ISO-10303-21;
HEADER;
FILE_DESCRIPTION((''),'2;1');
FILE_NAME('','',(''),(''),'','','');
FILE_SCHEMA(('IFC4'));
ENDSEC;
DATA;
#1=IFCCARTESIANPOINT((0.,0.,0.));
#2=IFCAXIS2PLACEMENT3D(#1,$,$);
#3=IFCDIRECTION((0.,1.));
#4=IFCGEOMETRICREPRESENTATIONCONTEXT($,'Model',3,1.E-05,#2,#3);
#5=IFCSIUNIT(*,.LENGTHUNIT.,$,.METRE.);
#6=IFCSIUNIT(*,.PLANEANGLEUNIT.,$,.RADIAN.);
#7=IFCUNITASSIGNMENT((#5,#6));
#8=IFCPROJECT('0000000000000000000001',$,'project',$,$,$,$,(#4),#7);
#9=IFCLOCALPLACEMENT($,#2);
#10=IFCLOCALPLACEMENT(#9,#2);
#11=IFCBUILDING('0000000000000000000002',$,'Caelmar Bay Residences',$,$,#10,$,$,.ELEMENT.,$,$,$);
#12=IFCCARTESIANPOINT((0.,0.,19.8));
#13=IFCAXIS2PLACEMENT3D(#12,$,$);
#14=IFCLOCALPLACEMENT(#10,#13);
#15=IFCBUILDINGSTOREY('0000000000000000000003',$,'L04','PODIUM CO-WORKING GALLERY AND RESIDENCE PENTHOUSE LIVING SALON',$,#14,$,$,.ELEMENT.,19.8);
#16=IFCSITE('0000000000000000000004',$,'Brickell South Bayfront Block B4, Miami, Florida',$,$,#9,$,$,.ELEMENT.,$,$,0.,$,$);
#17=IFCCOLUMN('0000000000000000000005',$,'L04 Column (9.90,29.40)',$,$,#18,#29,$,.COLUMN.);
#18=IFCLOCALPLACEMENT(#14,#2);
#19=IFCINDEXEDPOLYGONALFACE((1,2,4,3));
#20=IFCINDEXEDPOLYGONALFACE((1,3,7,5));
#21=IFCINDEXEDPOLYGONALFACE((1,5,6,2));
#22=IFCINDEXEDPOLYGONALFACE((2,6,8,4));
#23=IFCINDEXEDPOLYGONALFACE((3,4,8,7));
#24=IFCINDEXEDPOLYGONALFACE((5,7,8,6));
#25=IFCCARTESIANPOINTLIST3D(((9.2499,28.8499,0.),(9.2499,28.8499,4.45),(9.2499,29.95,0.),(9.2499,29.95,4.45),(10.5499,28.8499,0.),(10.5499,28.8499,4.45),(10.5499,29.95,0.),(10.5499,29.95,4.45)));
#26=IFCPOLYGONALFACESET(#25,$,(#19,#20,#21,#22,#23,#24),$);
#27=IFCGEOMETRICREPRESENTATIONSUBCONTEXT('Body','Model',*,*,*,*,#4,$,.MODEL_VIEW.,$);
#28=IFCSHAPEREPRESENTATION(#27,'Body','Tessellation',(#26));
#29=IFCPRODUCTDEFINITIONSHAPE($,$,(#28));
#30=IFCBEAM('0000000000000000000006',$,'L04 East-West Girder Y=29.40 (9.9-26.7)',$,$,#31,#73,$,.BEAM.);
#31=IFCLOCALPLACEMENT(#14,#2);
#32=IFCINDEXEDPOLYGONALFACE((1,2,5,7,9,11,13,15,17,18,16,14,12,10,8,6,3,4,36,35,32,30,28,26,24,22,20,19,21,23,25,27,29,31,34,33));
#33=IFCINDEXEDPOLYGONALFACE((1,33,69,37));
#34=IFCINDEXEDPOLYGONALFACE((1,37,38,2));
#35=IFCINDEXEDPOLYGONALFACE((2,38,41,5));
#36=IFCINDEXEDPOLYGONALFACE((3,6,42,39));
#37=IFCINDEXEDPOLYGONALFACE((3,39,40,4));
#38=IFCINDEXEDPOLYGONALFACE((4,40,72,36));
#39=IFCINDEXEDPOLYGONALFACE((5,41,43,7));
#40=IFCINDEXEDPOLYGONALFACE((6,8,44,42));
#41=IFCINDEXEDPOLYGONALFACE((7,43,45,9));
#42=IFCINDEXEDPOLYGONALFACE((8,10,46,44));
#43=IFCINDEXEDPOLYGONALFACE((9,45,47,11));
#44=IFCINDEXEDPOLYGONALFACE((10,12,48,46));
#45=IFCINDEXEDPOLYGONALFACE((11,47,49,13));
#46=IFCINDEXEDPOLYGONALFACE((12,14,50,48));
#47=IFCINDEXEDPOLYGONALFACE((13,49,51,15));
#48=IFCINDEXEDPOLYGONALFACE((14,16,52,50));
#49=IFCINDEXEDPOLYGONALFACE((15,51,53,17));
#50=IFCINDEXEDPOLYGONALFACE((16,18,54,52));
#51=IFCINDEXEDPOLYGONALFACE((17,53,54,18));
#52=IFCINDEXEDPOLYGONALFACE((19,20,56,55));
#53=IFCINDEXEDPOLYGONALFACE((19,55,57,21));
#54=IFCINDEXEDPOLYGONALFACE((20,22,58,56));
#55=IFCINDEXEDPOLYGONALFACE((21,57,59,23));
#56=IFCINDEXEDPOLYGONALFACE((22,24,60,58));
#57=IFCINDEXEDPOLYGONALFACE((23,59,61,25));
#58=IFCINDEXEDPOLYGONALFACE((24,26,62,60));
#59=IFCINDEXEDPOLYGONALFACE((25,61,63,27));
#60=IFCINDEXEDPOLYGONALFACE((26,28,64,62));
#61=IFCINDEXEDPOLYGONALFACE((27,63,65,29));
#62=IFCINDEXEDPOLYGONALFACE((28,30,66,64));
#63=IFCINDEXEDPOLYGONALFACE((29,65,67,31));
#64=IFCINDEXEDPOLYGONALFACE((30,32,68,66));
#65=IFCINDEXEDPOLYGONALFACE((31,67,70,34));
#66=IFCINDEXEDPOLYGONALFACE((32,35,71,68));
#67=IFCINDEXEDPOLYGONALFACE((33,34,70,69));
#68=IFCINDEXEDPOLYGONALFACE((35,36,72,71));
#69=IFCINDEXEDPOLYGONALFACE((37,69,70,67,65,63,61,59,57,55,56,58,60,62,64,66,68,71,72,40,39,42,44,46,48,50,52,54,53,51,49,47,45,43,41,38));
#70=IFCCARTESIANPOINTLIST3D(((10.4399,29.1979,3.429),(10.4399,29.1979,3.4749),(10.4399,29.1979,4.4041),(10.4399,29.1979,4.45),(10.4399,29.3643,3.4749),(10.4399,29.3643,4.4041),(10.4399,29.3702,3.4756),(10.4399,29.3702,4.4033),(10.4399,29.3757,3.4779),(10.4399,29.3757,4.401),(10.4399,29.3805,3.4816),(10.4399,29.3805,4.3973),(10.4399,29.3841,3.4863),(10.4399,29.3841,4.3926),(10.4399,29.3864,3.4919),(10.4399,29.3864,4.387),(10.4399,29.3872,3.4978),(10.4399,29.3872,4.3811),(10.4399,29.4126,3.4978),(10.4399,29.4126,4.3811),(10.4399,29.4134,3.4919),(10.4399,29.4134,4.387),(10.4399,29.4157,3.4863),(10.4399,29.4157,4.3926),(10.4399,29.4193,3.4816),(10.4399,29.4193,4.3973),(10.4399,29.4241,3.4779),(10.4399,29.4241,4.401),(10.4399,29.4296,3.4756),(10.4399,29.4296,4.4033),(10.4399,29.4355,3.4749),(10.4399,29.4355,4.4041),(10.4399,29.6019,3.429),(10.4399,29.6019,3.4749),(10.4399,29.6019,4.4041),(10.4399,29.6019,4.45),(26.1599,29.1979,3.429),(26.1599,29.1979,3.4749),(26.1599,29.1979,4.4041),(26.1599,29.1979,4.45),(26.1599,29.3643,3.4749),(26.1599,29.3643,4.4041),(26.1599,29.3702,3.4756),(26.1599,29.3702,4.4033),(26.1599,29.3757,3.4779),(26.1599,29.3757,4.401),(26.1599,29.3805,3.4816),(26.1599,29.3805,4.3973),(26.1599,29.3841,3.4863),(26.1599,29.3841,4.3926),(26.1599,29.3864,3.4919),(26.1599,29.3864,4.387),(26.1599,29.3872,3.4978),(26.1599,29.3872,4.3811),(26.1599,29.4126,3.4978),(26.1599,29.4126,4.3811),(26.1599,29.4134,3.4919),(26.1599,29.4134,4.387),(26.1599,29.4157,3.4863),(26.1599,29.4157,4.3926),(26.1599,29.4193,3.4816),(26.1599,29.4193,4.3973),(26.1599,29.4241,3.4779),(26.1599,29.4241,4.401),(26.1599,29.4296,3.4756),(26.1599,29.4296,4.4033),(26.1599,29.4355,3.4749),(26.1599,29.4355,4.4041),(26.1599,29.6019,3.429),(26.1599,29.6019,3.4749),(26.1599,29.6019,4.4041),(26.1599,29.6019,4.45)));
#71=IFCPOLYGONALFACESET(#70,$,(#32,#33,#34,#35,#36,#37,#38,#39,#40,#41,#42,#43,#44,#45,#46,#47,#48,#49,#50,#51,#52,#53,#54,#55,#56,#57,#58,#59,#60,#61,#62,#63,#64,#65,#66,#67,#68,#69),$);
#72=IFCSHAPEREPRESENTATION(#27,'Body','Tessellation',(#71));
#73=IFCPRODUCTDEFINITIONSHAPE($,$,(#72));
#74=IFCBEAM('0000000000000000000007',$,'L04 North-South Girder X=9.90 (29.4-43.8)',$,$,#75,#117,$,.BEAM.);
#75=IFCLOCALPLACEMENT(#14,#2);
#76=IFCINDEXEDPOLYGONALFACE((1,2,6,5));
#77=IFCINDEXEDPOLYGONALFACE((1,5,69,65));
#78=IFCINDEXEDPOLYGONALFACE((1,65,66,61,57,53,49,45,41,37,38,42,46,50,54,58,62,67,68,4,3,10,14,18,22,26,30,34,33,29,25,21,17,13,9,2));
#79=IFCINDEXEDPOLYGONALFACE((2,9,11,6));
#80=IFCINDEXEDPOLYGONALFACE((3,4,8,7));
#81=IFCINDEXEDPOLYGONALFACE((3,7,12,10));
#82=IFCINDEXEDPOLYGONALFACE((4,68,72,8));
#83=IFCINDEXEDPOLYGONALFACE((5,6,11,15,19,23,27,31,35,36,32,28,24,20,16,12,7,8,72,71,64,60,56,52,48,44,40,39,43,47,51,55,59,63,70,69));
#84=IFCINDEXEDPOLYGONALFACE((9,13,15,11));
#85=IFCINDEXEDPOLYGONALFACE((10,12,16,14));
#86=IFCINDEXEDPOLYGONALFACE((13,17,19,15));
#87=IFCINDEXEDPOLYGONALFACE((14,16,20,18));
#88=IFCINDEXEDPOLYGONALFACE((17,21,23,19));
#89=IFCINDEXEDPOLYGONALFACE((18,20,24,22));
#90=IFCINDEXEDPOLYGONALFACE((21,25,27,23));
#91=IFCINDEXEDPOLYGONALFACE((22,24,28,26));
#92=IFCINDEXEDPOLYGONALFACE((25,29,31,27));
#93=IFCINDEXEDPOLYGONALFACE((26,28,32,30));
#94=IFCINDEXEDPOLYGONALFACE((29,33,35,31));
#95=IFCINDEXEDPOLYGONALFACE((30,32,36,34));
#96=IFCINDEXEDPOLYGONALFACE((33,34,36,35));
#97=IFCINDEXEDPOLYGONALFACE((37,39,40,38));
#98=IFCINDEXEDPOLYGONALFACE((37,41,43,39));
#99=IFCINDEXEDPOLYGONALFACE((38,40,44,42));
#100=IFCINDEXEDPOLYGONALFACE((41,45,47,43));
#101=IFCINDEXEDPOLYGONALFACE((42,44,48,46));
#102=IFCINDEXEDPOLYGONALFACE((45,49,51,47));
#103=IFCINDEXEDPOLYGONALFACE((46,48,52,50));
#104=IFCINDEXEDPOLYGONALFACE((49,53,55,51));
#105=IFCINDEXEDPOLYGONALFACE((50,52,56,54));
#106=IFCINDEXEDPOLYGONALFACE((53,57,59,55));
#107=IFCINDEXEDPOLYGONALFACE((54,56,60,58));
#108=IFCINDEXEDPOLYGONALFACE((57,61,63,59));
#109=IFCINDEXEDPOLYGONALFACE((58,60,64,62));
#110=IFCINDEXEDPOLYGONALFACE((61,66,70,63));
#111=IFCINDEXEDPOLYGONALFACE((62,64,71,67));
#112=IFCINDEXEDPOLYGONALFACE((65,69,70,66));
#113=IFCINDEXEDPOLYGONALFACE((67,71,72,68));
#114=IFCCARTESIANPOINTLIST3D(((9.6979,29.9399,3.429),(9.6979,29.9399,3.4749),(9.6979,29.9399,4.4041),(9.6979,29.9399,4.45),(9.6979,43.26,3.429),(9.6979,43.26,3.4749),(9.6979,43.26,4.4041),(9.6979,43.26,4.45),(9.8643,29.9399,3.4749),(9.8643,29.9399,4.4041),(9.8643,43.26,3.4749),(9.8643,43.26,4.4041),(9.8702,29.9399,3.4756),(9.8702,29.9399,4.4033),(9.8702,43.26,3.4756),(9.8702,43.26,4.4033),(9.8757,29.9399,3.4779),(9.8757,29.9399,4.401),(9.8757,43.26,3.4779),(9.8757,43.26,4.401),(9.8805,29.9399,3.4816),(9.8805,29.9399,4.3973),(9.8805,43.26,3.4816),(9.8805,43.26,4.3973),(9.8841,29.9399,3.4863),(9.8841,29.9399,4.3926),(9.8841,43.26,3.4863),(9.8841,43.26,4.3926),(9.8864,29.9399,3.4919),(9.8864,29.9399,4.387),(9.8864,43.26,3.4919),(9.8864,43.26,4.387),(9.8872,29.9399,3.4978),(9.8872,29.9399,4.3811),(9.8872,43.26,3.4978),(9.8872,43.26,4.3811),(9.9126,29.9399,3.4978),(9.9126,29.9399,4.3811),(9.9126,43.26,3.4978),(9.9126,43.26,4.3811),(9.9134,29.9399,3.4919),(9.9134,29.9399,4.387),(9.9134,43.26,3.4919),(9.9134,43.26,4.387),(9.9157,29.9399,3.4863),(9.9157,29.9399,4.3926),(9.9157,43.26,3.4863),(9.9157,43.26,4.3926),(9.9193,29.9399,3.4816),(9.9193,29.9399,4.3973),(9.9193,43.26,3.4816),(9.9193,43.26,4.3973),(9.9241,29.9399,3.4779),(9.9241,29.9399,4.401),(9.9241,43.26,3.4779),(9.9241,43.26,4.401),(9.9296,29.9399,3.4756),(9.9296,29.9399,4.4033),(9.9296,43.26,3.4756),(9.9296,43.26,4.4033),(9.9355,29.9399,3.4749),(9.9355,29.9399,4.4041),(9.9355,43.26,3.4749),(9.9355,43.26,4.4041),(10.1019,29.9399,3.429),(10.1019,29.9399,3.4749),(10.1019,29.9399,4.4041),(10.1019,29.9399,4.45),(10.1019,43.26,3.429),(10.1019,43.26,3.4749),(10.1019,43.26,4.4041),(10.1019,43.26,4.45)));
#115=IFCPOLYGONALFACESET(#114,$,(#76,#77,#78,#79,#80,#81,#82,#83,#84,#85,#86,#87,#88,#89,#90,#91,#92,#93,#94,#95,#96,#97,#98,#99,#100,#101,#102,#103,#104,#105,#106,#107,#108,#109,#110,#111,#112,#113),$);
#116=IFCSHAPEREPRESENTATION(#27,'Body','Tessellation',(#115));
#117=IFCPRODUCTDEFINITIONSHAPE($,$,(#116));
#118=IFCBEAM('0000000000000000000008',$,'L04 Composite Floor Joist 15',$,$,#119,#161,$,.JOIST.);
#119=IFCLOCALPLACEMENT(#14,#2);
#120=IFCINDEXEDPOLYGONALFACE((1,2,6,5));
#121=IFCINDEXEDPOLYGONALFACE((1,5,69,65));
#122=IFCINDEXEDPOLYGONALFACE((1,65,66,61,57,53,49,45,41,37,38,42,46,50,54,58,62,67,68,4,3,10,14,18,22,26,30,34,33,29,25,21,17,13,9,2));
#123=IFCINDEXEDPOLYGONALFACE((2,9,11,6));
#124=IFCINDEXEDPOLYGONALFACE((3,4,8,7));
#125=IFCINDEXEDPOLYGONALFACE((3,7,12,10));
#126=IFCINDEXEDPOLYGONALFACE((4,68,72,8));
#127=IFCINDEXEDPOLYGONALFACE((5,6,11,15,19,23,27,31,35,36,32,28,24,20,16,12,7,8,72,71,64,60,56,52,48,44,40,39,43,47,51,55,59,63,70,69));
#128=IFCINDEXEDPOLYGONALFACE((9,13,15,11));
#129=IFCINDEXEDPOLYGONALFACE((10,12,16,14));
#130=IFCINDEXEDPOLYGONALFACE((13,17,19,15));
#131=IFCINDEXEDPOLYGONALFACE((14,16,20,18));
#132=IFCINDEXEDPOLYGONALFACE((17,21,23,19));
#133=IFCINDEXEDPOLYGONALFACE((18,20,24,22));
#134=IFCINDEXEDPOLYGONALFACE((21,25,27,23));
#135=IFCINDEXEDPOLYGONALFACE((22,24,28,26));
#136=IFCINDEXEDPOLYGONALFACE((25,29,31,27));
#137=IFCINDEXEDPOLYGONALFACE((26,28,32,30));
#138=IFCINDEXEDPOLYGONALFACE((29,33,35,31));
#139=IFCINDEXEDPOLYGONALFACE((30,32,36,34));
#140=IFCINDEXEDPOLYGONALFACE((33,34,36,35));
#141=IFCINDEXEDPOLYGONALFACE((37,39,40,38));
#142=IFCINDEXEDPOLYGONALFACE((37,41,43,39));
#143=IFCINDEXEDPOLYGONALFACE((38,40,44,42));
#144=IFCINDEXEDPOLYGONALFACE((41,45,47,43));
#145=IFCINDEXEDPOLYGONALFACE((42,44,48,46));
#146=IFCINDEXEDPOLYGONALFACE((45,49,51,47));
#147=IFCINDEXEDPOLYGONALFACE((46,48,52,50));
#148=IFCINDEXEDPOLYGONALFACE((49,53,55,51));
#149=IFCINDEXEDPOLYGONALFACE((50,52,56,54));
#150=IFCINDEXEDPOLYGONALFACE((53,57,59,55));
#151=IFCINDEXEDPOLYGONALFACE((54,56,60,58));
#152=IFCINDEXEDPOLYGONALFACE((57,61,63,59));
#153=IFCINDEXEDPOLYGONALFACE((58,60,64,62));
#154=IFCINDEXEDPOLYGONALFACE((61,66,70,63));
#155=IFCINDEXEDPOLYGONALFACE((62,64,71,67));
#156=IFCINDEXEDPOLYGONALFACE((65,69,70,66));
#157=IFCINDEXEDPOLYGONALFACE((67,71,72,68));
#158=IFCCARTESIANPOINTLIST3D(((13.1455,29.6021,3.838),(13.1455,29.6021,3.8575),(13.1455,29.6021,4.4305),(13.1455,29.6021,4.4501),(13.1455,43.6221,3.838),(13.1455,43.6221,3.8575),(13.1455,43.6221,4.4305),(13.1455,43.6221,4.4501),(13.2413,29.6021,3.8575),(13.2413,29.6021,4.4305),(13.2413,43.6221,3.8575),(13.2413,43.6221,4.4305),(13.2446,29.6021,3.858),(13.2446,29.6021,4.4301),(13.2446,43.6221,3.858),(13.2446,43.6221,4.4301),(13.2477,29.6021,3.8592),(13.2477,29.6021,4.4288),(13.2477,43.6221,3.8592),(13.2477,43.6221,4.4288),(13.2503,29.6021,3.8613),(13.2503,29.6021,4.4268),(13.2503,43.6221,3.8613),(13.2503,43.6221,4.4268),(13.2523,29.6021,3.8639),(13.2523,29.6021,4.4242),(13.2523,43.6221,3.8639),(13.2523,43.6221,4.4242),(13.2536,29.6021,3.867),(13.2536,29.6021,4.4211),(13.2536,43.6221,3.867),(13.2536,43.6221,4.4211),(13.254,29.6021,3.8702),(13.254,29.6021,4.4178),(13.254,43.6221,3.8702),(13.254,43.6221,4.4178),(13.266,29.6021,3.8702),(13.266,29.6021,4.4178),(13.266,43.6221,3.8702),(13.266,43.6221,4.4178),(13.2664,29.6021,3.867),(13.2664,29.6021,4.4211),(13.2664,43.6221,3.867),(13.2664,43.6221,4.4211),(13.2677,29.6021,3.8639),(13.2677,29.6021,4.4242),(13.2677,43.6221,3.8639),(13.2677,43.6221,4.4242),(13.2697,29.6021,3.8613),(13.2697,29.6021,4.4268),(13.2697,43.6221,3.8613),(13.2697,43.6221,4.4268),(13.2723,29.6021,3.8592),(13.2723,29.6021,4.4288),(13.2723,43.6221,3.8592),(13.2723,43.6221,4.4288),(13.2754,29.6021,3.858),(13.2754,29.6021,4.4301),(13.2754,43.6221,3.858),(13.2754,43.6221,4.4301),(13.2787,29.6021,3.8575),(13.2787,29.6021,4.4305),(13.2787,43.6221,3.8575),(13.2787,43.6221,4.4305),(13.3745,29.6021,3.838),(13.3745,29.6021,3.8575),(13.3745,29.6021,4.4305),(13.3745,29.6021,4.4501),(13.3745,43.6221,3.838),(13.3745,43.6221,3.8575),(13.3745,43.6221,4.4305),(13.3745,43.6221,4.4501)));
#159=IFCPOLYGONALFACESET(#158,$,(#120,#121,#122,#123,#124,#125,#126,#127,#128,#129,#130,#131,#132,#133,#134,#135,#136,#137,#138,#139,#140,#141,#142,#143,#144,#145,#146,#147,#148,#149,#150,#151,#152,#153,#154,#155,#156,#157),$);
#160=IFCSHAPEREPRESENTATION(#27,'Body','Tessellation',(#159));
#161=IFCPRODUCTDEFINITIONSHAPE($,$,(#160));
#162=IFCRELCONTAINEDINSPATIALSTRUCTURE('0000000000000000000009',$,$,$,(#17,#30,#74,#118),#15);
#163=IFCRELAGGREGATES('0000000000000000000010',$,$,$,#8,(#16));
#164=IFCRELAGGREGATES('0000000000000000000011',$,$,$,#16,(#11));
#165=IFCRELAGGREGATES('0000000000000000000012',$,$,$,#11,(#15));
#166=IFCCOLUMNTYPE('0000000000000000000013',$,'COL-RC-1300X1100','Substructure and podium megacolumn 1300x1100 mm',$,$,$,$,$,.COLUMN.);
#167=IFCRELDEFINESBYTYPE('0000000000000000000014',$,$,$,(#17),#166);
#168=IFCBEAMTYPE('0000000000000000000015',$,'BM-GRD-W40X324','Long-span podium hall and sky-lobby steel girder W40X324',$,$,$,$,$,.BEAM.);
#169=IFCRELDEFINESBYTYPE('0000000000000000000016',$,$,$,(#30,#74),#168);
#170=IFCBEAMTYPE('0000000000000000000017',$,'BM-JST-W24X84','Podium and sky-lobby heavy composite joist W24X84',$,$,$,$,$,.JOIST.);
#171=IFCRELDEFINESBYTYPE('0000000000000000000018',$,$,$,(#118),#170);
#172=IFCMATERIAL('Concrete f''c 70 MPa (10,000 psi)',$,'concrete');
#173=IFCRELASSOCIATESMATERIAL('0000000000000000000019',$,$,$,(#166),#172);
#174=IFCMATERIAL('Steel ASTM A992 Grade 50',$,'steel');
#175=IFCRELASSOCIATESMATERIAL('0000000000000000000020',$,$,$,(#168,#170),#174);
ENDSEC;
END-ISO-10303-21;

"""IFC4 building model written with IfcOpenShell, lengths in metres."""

from ifc_helpers import new_model, si_unit, direction, frame, origin, origin_2d, place, context, subcontext, project, spatial, rectangle, i_section, extrude, material, material_profile, profile_set, type_object, element, save


model = new_model("IFC4")

# Units and contexts
model_context = context("Model", 3, precision=1e-05, world=origin(), true_north=direction((0.0, 1.0)))
body_context = subcontext(model_context, "Body", "Model", "MODEL_VIEW")
ifc_project = project(units=[si_unit("LENGTHUNIT", "METRE"), si_unit("PLANEANGLEUNIT", "RADIAN")], contexts=[model_context])

# Site, building, storey
site_placement = place(None, origin())
site = spatial("IfcSite", under=ifc_project, at=site_placement, Name="Brickell South Bayfront Block B4, Miami, Florida", CompositionType="ELEMENT", RefElevation=0.0)
building_placement = place(site_placement, origin())
building = spatial("IfcBuilding", under=site, at=building_placement, Name="Caelmar Bay Residences", CompositionType="ELEMENT")
storey_placement = place(building_placement, frame((0.0, 0.0, 19.8)))
storey = spatial("IfcBuildingStorey", under=building, at=storey_placement, Name="L04", Description="PODIUM CO-WORKING GALLERY AND RESIDENCE PENTHOUSE LIVING SALON", CompositionType="ELEMENT", Elevation=19.8)

# Column
ifc_material_1 = material(Name="Concrete f'c 70 MPa (10,000 psi)", Category="concrete")
ifc_material_profile_1 = material_profile(ifc_material_1, rectangle(XDim=1.3, YDim=1.1001, at=origin_2d()), Name="RC-COL-1300X1100")
ifc_profile_set_1 = profile_set([ifc_material_profile_1], Name="Concrete f'c 70 MPa (10,000 psi)")
column_type = type_object("IfcColumnType", Name="COL-RC-1300X1100", Description="Substructure and podium megacolumn 1300x1100 mm", PredefinedType="COLUMN", material=ifc_profile_set_1)
column_placement = place(storey_placement, frame((9.8999, 29.3999, 0.0), z_axis=(0.0, 0.0, 1.0), x_axis=(1.0, 0.0, 0.0)))
element("IfcColumn", 1, at=column_placement, inside=storey, type_object=column_type, Name="L04 Column (9.90,29.40)", PredefinedType="COLUMN", context=body_context, shape_type="SweptSolid", body=[
    extrude(rectangle(XDim=1.3, YDim=1.1001, at=origin_2d()), origin(), (0.0, 0.0, 1.0), 4.45),
])

# Beams
ifc_material_2 = material(Name="Steel ASTM A992 Grade 50", Category="steel")
ifc_material_profile_2 = material_profile(ifc_material_2, i_section(OverallWidth=0.4041, OverallDepth=1.021, WebThickness=0.0254, FlangeThickness=0.0459, FilletRadius=0.0229, at=origin_2d()), Name="W40X324")
ifc_profile_set_2 = profile_set([ifc_material_profile_2], Name="Steel ASTM A992 Grade 50")
beam_type_1 = type_object("IfcBeamType", Name="BM-GRD-W40X324", Description="Long-span podium hall and sky-lobby steel girder W40X324", PredefinedType="BEAM", material=ifc_profile_set_2)
beam_1_placement = place(storey_placement, frame((10.4399, 29.3999, 3.9395), z_axis=(1.0, 0.0, 0.0), x_axis=(0.0, 1.0, 0.0)))
element("IfcBeam", 2, at=beam_1_placement, inside=storey, type_object=beam_type_1, Name="L04 East-West Girder Y=29.40 (9.9-26.7)", PredefinedType="BEAM", context=body_context, shape_type="SweptSolid", body=[
    extrude(i_section(OverallWidth=0.4041, OverallDepth=1.021, WebThickness=0.0254, FlangeThickness=0.0459, FilletRadius=0.0229, at=origin_2d()), origin(), (0.0, 0.0, 1.0), 15.72),
])
beam_2_placement = place(storey_placement, frame((9.8999, 29.9399, 3.9395), z_axis=(0.0, 1.0, 0.0), x_axis=(-1.0, 0.0, 0.0)))
element("IfcBeam", 3, at=beam_2_placement, inside=storey, type_object=beam_type_1, Name="L04 North-South Girder X=9.90 (29.4-43.8)", PredefinedType="BEAM", context=body_context, shape_type="SweptSolid", body=[
    extrude(i_section(OverallWidth=0.4041, OverallDepth=1.021, WebThickness=0.0254, FlangeThickness=0.0459, FilletRadius=0.0229, at=origin_2d()), origin(), (0.0, 0.0, 1.0), 13.3201),
])
ifc_material_profile_3 = material_profile(ifc_material_2, i_section(OverallWidth=0.229, OverallDepth=0.6121, WebThickness=0.012, FlangeThickness=0.0195, FilletRadius=0.0127, at=origin_2d()), Name="W24X84")
ifc_profile_set_3 = profile_set([ifc_material_profile_3], Name="Steel ASTM A992 Grade 50")
beam_type_2 = type_object("IfcBeamType", Name="BM-JST-W24X84", Description="Podium and sky-lobby heavy composite joist W24X84", PredefinedType="JOIST", material=ifc_profile_set_3)
for number, where, z_axis, x_axis, name in (
    (4, (13.26, 29.6021, 4.144), (0.0, 1.0, 0.0), (-1.0, 0.0, 0.0), "L04 Composite Floor Joist 15"),
):
    element("IfcBeam", number, at=place(storey_placement, frame(where, z_axis=z_axis, x_axis=x_axis)), inside=storey, type_object=beam_type_2, Name=name, PredefinedType="JOIST", context=body_context, shape_type="SweptSolid", body=[
        extrude(i_section(OverallWidth=0.229, OverallDepth=0.6121, WebThickness=0.012, FlangeThickness=0.0195, FilletRadius=0.0127, at=origin_2d()), origin(), (0.0, 0.0, 1.0), 14.02),
    ])

save(model, "model.ifc")
